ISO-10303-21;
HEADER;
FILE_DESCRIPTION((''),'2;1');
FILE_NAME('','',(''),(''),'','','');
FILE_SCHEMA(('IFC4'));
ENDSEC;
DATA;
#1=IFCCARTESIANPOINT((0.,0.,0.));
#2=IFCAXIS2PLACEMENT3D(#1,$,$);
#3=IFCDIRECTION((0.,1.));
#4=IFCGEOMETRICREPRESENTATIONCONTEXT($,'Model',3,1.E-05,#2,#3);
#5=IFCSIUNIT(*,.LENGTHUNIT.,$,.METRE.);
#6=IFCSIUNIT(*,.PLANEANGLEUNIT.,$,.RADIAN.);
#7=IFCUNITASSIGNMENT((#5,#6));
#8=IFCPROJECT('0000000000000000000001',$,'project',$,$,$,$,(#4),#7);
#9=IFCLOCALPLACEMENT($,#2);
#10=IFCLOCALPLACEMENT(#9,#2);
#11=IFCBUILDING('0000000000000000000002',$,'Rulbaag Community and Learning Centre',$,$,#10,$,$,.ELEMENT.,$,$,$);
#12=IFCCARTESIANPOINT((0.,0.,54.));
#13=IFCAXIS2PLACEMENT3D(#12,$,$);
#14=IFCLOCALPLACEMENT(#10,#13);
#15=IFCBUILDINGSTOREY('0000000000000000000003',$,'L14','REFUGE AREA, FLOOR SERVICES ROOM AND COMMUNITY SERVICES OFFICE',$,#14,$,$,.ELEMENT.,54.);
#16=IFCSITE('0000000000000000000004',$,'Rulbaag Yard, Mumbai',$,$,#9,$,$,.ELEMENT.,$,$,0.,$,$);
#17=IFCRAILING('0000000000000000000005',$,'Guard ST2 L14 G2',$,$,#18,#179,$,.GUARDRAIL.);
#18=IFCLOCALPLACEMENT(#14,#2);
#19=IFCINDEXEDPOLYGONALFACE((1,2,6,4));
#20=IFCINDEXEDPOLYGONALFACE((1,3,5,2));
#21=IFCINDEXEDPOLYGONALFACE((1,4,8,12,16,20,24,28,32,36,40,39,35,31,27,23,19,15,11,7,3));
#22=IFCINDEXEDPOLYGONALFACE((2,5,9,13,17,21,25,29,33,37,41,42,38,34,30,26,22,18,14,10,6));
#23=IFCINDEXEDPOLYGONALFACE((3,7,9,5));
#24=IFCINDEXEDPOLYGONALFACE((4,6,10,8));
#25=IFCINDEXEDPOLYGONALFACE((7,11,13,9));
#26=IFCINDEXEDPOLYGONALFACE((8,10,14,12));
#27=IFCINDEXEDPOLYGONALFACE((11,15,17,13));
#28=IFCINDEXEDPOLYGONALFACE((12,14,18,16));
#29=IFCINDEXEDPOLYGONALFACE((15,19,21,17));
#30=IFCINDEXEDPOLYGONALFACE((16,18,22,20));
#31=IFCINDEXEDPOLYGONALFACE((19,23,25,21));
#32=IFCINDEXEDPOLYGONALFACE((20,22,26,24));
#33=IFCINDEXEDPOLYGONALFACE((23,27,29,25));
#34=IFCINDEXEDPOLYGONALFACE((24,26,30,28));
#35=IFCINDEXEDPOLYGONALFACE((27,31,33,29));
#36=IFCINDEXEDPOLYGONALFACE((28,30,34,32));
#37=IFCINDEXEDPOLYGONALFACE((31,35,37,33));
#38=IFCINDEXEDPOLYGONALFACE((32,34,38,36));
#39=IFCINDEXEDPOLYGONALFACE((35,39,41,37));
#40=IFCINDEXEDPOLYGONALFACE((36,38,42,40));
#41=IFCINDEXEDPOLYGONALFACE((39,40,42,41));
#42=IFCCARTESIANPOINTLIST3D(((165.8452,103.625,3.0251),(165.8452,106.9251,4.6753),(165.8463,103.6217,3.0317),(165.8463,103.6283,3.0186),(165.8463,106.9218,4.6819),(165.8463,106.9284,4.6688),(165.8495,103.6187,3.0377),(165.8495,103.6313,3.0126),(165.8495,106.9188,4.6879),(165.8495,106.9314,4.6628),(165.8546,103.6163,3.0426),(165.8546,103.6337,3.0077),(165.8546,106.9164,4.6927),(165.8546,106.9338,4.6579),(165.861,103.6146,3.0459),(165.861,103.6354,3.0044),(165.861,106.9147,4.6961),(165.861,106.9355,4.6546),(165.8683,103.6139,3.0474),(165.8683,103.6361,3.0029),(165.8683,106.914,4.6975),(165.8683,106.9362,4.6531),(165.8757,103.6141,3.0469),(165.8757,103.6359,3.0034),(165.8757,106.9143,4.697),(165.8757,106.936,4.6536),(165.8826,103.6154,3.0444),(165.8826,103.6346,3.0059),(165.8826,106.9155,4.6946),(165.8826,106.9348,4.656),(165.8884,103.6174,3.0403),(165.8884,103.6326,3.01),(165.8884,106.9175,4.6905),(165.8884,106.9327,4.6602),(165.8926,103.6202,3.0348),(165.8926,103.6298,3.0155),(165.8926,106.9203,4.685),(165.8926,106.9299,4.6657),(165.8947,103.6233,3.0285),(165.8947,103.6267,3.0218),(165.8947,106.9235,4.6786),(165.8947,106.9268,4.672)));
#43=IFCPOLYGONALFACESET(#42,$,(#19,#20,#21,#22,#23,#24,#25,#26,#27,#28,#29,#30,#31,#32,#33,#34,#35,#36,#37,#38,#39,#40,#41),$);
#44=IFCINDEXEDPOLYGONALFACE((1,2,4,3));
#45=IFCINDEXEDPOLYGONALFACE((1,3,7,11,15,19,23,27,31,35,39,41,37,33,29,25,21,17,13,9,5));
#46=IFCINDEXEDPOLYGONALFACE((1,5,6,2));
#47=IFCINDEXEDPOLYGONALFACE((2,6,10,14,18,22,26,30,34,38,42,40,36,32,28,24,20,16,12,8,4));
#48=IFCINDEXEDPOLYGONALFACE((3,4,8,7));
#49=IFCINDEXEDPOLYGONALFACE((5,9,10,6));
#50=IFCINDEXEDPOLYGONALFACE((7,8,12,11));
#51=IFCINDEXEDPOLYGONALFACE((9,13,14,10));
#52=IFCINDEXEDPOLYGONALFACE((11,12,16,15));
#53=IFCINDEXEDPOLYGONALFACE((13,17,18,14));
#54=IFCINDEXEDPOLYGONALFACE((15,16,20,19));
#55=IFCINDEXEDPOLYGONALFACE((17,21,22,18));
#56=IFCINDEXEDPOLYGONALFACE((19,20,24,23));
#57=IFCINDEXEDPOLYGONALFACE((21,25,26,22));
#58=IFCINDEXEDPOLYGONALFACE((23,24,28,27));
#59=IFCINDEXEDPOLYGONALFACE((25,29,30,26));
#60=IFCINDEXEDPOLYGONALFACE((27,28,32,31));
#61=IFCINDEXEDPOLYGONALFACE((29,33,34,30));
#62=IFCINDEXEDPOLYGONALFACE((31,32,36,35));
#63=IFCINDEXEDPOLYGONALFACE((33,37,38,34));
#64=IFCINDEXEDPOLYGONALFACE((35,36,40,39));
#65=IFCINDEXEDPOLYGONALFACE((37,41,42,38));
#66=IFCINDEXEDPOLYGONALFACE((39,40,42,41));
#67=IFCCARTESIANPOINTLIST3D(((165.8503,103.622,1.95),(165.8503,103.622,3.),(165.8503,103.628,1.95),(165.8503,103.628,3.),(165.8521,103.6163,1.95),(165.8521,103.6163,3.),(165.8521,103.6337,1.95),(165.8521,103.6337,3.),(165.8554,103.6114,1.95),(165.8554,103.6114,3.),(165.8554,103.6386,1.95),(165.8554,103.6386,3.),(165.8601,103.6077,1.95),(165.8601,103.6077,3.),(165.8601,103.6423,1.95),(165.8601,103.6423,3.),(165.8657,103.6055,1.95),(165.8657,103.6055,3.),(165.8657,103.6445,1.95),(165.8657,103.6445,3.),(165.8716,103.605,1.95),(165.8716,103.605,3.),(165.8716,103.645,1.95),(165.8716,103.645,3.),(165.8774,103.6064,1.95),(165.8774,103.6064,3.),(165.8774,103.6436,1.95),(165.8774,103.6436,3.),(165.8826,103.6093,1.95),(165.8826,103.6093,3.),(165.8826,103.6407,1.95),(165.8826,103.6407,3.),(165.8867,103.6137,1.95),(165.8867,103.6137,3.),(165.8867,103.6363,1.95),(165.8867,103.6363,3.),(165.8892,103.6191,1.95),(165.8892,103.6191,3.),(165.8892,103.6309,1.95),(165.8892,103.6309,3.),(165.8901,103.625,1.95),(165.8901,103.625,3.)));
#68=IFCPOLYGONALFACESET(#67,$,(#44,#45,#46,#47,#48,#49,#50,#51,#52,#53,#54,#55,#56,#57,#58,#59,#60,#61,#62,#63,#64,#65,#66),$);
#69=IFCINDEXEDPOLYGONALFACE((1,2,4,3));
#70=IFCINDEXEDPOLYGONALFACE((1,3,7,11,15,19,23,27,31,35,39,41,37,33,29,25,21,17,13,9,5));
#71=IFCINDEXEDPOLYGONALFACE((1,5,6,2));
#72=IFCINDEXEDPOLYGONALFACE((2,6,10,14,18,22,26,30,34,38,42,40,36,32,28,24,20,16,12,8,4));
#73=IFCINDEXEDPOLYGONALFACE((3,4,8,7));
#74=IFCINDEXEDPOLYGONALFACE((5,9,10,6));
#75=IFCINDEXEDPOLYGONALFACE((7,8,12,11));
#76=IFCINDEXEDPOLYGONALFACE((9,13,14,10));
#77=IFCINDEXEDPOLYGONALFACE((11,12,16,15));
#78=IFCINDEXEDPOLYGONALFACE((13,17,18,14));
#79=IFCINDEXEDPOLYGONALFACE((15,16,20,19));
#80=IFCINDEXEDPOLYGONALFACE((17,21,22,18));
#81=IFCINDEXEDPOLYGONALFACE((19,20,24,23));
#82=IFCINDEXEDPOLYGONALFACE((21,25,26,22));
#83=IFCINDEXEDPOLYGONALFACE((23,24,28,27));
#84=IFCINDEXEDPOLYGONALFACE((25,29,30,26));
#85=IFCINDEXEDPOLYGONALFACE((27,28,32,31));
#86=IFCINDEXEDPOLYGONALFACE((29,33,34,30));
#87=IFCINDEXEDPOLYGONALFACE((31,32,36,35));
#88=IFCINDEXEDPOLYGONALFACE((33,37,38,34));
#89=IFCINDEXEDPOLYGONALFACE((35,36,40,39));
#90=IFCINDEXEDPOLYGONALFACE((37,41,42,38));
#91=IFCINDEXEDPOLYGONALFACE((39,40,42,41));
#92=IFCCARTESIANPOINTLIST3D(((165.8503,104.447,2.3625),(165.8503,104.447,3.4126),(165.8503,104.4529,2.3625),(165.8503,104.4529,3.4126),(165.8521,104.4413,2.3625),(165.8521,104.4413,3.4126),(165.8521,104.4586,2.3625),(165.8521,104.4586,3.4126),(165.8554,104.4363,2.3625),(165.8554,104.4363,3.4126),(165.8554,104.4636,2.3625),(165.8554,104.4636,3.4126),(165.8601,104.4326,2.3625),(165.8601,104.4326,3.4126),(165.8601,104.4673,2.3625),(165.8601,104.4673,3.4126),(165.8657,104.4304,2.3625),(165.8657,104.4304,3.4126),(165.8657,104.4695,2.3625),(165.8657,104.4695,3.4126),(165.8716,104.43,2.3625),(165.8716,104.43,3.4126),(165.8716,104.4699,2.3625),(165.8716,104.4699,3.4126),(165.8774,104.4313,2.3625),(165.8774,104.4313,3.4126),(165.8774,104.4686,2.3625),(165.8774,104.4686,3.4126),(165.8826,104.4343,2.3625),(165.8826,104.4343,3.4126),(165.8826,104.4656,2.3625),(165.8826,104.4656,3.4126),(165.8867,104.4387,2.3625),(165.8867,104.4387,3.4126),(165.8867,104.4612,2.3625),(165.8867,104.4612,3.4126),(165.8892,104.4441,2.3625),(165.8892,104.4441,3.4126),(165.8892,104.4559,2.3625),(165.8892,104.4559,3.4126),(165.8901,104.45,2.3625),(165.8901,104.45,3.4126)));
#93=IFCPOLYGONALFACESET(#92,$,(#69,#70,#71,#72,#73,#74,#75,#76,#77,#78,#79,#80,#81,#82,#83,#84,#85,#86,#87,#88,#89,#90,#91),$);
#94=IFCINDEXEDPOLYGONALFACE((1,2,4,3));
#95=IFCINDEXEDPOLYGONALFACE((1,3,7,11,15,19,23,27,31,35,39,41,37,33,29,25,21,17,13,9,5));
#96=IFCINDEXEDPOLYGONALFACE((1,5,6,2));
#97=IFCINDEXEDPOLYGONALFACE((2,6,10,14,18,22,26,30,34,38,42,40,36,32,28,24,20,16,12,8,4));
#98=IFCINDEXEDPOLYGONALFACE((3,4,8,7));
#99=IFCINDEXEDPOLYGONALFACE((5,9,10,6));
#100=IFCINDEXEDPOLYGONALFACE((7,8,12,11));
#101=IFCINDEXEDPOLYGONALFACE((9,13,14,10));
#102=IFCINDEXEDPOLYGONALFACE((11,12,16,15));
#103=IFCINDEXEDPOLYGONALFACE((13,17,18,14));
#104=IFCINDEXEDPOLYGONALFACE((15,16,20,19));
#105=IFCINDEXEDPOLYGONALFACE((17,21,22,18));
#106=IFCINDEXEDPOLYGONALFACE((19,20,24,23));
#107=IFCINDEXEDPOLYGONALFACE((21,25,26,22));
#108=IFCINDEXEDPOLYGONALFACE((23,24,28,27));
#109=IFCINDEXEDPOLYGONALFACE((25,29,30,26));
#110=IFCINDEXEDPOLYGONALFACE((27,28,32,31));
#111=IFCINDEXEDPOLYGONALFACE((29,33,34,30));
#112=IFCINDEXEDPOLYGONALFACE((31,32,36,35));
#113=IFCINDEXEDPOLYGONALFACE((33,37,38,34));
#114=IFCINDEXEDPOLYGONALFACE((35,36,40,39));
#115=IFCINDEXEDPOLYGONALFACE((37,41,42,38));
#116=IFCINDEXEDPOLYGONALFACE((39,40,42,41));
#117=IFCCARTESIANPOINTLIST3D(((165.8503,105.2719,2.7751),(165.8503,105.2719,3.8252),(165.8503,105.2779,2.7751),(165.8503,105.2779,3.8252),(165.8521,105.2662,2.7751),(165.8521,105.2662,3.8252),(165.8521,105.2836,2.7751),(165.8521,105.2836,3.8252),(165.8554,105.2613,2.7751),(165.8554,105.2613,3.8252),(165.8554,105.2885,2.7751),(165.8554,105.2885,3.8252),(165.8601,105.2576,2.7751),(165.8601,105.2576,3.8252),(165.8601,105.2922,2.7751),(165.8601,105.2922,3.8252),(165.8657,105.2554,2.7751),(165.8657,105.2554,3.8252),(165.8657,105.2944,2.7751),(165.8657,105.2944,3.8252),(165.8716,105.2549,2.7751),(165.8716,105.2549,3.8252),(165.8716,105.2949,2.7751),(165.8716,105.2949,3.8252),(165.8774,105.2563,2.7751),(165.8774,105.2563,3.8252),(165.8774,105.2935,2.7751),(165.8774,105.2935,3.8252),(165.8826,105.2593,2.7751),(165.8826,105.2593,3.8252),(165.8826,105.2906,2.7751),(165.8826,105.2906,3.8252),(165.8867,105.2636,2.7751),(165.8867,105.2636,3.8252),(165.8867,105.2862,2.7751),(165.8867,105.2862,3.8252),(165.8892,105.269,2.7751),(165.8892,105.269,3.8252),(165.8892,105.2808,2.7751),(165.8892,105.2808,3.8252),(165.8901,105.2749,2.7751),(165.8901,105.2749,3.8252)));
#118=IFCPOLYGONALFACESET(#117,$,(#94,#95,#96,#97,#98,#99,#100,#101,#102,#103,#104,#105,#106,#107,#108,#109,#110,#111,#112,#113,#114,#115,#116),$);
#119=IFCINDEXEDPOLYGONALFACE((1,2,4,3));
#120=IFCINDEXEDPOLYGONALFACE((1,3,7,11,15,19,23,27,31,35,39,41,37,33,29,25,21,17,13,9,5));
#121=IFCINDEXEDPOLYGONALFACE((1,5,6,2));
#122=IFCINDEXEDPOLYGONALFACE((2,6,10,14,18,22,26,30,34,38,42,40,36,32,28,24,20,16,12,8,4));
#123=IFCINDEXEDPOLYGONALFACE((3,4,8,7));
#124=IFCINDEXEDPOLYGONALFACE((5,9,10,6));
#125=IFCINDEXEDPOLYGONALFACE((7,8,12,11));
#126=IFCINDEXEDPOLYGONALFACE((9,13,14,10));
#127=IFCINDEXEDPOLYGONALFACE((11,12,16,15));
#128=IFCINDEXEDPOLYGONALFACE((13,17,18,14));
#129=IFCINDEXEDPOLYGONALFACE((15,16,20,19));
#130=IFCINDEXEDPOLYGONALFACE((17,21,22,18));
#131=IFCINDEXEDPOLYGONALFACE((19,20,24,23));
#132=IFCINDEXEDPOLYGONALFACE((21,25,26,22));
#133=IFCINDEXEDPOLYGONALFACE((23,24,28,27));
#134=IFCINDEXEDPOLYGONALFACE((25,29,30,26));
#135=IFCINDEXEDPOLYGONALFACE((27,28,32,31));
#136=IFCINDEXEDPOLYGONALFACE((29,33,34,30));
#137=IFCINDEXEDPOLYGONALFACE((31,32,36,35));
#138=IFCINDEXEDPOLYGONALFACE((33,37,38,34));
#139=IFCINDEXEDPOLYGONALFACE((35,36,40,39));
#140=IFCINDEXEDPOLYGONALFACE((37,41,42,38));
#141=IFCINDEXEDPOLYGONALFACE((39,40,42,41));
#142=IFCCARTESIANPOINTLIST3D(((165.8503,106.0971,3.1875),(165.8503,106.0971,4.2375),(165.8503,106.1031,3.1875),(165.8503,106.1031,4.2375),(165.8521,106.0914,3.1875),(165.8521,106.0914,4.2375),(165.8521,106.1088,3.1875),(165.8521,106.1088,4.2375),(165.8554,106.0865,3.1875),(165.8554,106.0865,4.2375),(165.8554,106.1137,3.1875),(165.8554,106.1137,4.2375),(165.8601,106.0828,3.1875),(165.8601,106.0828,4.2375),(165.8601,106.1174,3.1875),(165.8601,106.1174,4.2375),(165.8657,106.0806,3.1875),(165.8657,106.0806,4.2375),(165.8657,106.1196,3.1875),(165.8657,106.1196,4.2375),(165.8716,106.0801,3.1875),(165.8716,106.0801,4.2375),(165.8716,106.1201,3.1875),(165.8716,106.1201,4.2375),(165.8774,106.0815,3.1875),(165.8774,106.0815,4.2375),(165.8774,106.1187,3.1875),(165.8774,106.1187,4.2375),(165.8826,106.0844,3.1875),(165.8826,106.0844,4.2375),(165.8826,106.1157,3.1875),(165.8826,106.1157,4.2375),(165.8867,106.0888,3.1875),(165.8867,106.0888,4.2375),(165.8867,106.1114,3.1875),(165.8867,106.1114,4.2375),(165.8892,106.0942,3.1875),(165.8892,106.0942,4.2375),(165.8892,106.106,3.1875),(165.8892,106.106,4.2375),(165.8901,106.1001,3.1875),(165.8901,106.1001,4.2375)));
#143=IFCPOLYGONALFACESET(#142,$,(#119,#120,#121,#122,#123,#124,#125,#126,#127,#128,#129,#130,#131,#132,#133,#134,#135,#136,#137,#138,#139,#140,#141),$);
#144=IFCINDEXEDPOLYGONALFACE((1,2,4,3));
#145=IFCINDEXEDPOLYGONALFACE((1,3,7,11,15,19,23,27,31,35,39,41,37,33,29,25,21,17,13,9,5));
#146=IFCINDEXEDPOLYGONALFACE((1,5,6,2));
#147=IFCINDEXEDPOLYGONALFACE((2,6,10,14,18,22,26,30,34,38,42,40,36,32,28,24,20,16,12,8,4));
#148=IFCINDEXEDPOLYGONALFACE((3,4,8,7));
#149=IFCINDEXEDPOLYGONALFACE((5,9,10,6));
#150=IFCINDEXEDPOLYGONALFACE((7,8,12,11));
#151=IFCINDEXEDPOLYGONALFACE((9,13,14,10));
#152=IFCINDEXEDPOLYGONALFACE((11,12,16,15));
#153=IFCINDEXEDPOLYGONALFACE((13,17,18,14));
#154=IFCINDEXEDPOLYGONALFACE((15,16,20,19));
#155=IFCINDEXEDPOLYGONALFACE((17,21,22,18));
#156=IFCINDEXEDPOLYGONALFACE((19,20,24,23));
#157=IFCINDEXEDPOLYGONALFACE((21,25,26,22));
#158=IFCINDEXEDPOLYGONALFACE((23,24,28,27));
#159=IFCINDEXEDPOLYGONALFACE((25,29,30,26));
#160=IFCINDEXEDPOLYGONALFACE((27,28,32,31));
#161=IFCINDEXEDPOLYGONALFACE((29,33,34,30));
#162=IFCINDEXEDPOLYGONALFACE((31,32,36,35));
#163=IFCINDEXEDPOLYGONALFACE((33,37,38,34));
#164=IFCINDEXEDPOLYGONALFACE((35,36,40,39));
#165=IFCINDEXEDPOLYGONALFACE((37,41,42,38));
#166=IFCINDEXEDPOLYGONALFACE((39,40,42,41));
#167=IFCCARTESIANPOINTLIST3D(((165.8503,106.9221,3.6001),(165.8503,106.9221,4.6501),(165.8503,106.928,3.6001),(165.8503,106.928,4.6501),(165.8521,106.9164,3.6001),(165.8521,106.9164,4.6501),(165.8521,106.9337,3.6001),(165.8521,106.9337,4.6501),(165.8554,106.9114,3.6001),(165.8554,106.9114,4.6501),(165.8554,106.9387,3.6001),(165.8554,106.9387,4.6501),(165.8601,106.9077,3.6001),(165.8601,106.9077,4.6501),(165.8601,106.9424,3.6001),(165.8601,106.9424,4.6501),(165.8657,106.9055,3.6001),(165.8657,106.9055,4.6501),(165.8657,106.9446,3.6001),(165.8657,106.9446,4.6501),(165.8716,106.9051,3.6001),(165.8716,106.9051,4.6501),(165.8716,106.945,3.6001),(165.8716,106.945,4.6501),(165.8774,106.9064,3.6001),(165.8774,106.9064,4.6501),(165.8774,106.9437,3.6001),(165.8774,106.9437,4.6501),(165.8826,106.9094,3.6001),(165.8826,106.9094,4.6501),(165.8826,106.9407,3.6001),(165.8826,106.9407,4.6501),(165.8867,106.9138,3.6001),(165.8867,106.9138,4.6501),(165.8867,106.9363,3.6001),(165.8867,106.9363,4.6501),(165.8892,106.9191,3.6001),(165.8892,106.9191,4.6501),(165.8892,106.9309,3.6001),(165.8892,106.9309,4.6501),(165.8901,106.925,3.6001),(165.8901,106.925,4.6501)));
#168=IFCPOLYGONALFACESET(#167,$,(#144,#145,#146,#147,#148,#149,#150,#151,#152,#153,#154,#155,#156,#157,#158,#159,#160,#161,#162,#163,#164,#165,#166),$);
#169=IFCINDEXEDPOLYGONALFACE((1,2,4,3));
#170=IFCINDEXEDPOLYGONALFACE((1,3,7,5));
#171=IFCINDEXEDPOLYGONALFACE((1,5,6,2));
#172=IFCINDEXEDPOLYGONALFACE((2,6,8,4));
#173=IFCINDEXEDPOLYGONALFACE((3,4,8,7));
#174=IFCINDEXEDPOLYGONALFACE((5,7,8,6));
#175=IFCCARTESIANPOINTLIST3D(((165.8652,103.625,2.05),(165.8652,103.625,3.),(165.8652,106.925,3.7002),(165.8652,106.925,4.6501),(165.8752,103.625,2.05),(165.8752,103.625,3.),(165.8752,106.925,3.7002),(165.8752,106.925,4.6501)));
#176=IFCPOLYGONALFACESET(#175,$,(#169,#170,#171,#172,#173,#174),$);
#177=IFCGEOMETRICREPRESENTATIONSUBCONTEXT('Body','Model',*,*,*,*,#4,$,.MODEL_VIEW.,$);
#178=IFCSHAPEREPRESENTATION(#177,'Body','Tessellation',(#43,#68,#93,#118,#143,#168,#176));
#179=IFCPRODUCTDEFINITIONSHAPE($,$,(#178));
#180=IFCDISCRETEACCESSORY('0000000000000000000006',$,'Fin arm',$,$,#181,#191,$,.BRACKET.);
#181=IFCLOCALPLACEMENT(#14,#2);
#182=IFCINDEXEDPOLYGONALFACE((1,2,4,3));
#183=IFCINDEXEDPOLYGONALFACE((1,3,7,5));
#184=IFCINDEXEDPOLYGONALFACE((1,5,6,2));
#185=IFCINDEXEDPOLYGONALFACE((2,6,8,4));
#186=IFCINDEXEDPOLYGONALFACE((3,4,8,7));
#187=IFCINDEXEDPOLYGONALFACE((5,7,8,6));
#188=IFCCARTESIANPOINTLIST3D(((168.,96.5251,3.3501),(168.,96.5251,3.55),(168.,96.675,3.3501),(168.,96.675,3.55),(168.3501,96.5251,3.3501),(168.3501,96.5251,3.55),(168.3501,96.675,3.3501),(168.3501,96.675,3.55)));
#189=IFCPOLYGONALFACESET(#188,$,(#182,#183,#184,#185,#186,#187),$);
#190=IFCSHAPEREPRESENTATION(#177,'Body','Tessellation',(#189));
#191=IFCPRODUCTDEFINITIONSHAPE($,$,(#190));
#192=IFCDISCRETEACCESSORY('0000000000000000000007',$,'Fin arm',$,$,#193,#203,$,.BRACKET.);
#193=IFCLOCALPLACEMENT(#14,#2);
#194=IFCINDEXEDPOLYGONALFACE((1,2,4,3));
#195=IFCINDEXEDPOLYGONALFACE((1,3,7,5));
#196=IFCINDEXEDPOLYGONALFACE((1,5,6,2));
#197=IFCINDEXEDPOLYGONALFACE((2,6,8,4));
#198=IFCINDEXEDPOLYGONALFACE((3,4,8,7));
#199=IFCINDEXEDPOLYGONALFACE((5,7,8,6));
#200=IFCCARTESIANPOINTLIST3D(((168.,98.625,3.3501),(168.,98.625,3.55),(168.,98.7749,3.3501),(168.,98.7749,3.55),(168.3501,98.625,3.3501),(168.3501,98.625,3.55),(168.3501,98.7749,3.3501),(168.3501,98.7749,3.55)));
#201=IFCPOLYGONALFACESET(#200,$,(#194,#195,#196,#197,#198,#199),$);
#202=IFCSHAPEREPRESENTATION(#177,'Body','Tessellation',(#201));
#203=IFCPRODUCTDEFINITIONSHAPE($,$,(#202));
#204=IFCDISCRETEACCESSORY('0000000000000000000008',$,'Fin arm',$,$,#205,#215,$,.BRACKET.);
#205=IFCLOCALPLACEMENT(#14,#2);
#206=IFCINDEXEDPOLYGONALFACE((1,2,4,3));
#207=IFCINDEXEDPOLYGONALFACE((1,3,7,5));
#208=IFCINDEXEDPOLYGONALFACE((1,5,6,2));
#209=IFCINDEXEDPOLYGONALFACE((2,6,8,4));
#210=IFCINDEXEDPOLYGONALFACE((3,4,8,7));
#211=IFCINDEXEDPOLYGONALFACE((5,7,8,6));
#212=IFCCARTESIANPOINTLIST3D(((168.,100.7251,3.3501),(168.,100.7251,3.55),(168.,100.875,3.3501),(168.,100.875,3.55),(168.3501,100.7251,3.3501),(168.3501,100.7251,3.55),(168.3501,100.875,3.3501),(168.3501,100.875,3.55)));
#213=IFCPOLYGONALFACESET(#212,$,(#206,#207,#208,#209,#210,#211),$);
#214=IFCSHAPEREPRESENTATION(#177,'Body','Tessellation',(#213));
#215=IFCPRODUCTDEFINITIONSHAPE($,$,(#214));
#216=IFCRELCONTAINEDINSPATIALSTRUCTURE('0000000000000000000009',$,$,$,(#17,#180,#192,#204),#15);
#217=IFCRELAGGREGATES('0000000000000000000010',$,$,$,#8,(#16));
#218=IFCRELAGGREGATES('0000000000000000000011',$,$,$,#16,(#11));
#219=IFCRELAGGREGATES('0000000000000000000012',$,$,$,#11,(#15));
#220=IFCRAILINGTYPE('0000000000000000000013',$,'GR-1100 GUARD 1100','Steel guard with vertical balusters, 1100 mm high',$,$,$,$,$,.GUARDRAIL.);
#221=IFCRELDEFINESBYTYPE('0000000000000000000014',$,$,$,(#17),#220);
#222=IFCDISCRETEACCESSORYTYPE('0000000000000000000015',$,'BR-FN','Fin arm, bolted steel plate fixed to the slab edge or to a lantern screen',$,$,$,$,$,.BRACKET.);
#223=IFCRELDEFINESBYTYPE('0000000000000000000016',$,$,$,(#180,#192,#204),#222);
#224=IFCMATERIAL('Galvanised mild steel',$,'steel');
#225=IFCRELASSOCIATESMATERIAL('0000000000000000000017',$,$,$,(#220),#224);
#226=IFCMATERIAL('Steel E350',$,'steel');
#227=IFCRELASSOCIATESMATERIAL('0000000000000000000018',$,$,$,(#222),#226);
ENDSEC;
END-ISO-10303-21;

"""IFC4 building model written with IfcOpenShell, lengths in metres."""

from ifc_helpers import new_model, si_unit, direction, frame, origin, origin_2d, place, context, subcontext, project, spatial, polyline, rectangle, circle, outline, extrude, material, type_object, element, save


model = new_model("IFC4")

# Units and contexts
model_context = context("Model", 3, precision=1e-05, world=origin(), true_north=direction((0.0, 1.0)))
body_context = subcontext(model_context, "Body", "Model", "MODEL_VIEW")
ifc_project = project(units=[si_unit("LENGTHUNIT", "METRE"), si_unit("PLANEANGLEUNIT", "RADIAN")], contexts=[model_context])

# Site, building, storey
site_placement = place(None, origin())
site = spatial("IfcSite", under=ifc_project, at=site_placement, Name="Rulbaag Yard, Mumbai", CompositionType="ELEMENT", RefElevation=0.0)
building_placement = place(site_placement, origin())
building = spatial("IfcBuilding", under=site, at=building_placement, Name="Rulbaag Community and Learning Centre", CompositionType="ELEMENT")
storey_placement = place(building_placement, frame((0.0, 0.0, 54.0)))
storey = spatial("IfcBuildingStorey", under=building, at=storey_placement, Name="L14", Description="REFUGE AREA, FLOOR SERVICES ROOM AND COMMUNITY SERVICES OFFICE", CompositionType="ELEMENT", Elevation=54.0)

# Railing
ifc_material_1 = material(Name="Galvanised mild steel", Category="steel")
railing_type_1 = type_object("IfcRailingType", Name="GR-1100 GUARD 1100", Description="Steel guard with vertical balusters, 1100 mm high", PredefinedType="GUARDRAIL", material=ifc_material_1)
railing_1_placement = place(storey_placement, frame((165.8701, 103.625, 1.95)))
element("IfcRailing", 1, at=railing_1_placement, inside=storey, type_object=railing_type_1, Name="Guard ST2 L14 G2", PredefinedType="GUARDRAIL", context=body_context, shape_type="SweptSolid", body=[
    extrude(circle(Radius=0.0249, at=origin_2d()), frame((0.0, 0.0, 1.0752), z_axis=(0.0, 0.894414, 0.44724), x_axis=(-1.0, 0.0, 0.0)), (0.0, 0.0, 1.0), 3.6897),
    extrude(circle(Radius=0.02, at=origin_2d()), origin(), (0.0, 0.0, 1.0), 1.05),
    extrude(circle(Radius=0.02, at=origin_2d()), frame((0.0, 0.825, 0.4126)), (0.0, 0.0, 1.0), 1.05),
    extrude(circle(Radius=0.02, at=origin_2d()), frame((0.0, 1.6499, 0.8252)), (0.0, 0.0, 1.0), 1.05),
    extrude(circle(Radius=0.02, at=origin_2d()), frame((0.0, 2.4751, 1.2375)), (0.0, 0.0, 1.0), 1.05),
    extrude(circle(Radius=0.02, at=origin_2d()), frame((0.0, 3.3, 1.6501)), (0.0, 0.0, 1.0), 1.05),
    extrude(outline(polyline([(0.0, 0.0), (3.3, 1.6501), (3.3, 2.6001), (0.0, 0.95), (0.0, 0.0)])), frame((-0.0049, 0.0, 0.1001), z_axis=(1.0, 0.0, 0.0), x_axis=(0.0, 1.0, 0.0)), (0.0, 0.0, 1.0), 0.01),
])

# Discrete accessories
ifc_material_2 = material(Name="Steel E350", Category="steel")
discrete_accessory_type = type_object("IfcDiscreteAccessoryType", Name="BR-FN", Description="Fin arm, bolted steel plate fixed to the slab edge or to a lantern screen", PredefinedType="BRACKET", material=ifc_material_2)
for number, where, z_axis, x_axis, name in (
    (2, (168.175, 96.6001, 3.3501), (0.0, 0.0, 1.0), (1.0, 0.0, 0.0), "Fin arm"),
    (3, (168.175, 98.7, 3.3501), (0.0, 0.0, 1.0), (1.0, 0.0, 0.0), "Fin arm"),
    (4, (168.175, 100.8, 3.3501), (0.0, 0.0, 1.0), (1.0, 0.0, 0.0), "Fin arm"),
):
    element("IfcDiscreteAccessory", number, at=place(storey_placement, frame(where, z_axis=z_axis, x_axis=x_axis)), inside=storey, type_object=discrete_accessory_type, Name=name, PredefinedType="BRACKET", context=body_context, shape_type="SweptSolid", body=[
        extrude(rectangle(XDim=0.3501, YDim=0.1499, at=origin_2d()), origin(), (0.0, 0.0, 1.0), 0.2),
    ])

save(model, "model.ifc")
